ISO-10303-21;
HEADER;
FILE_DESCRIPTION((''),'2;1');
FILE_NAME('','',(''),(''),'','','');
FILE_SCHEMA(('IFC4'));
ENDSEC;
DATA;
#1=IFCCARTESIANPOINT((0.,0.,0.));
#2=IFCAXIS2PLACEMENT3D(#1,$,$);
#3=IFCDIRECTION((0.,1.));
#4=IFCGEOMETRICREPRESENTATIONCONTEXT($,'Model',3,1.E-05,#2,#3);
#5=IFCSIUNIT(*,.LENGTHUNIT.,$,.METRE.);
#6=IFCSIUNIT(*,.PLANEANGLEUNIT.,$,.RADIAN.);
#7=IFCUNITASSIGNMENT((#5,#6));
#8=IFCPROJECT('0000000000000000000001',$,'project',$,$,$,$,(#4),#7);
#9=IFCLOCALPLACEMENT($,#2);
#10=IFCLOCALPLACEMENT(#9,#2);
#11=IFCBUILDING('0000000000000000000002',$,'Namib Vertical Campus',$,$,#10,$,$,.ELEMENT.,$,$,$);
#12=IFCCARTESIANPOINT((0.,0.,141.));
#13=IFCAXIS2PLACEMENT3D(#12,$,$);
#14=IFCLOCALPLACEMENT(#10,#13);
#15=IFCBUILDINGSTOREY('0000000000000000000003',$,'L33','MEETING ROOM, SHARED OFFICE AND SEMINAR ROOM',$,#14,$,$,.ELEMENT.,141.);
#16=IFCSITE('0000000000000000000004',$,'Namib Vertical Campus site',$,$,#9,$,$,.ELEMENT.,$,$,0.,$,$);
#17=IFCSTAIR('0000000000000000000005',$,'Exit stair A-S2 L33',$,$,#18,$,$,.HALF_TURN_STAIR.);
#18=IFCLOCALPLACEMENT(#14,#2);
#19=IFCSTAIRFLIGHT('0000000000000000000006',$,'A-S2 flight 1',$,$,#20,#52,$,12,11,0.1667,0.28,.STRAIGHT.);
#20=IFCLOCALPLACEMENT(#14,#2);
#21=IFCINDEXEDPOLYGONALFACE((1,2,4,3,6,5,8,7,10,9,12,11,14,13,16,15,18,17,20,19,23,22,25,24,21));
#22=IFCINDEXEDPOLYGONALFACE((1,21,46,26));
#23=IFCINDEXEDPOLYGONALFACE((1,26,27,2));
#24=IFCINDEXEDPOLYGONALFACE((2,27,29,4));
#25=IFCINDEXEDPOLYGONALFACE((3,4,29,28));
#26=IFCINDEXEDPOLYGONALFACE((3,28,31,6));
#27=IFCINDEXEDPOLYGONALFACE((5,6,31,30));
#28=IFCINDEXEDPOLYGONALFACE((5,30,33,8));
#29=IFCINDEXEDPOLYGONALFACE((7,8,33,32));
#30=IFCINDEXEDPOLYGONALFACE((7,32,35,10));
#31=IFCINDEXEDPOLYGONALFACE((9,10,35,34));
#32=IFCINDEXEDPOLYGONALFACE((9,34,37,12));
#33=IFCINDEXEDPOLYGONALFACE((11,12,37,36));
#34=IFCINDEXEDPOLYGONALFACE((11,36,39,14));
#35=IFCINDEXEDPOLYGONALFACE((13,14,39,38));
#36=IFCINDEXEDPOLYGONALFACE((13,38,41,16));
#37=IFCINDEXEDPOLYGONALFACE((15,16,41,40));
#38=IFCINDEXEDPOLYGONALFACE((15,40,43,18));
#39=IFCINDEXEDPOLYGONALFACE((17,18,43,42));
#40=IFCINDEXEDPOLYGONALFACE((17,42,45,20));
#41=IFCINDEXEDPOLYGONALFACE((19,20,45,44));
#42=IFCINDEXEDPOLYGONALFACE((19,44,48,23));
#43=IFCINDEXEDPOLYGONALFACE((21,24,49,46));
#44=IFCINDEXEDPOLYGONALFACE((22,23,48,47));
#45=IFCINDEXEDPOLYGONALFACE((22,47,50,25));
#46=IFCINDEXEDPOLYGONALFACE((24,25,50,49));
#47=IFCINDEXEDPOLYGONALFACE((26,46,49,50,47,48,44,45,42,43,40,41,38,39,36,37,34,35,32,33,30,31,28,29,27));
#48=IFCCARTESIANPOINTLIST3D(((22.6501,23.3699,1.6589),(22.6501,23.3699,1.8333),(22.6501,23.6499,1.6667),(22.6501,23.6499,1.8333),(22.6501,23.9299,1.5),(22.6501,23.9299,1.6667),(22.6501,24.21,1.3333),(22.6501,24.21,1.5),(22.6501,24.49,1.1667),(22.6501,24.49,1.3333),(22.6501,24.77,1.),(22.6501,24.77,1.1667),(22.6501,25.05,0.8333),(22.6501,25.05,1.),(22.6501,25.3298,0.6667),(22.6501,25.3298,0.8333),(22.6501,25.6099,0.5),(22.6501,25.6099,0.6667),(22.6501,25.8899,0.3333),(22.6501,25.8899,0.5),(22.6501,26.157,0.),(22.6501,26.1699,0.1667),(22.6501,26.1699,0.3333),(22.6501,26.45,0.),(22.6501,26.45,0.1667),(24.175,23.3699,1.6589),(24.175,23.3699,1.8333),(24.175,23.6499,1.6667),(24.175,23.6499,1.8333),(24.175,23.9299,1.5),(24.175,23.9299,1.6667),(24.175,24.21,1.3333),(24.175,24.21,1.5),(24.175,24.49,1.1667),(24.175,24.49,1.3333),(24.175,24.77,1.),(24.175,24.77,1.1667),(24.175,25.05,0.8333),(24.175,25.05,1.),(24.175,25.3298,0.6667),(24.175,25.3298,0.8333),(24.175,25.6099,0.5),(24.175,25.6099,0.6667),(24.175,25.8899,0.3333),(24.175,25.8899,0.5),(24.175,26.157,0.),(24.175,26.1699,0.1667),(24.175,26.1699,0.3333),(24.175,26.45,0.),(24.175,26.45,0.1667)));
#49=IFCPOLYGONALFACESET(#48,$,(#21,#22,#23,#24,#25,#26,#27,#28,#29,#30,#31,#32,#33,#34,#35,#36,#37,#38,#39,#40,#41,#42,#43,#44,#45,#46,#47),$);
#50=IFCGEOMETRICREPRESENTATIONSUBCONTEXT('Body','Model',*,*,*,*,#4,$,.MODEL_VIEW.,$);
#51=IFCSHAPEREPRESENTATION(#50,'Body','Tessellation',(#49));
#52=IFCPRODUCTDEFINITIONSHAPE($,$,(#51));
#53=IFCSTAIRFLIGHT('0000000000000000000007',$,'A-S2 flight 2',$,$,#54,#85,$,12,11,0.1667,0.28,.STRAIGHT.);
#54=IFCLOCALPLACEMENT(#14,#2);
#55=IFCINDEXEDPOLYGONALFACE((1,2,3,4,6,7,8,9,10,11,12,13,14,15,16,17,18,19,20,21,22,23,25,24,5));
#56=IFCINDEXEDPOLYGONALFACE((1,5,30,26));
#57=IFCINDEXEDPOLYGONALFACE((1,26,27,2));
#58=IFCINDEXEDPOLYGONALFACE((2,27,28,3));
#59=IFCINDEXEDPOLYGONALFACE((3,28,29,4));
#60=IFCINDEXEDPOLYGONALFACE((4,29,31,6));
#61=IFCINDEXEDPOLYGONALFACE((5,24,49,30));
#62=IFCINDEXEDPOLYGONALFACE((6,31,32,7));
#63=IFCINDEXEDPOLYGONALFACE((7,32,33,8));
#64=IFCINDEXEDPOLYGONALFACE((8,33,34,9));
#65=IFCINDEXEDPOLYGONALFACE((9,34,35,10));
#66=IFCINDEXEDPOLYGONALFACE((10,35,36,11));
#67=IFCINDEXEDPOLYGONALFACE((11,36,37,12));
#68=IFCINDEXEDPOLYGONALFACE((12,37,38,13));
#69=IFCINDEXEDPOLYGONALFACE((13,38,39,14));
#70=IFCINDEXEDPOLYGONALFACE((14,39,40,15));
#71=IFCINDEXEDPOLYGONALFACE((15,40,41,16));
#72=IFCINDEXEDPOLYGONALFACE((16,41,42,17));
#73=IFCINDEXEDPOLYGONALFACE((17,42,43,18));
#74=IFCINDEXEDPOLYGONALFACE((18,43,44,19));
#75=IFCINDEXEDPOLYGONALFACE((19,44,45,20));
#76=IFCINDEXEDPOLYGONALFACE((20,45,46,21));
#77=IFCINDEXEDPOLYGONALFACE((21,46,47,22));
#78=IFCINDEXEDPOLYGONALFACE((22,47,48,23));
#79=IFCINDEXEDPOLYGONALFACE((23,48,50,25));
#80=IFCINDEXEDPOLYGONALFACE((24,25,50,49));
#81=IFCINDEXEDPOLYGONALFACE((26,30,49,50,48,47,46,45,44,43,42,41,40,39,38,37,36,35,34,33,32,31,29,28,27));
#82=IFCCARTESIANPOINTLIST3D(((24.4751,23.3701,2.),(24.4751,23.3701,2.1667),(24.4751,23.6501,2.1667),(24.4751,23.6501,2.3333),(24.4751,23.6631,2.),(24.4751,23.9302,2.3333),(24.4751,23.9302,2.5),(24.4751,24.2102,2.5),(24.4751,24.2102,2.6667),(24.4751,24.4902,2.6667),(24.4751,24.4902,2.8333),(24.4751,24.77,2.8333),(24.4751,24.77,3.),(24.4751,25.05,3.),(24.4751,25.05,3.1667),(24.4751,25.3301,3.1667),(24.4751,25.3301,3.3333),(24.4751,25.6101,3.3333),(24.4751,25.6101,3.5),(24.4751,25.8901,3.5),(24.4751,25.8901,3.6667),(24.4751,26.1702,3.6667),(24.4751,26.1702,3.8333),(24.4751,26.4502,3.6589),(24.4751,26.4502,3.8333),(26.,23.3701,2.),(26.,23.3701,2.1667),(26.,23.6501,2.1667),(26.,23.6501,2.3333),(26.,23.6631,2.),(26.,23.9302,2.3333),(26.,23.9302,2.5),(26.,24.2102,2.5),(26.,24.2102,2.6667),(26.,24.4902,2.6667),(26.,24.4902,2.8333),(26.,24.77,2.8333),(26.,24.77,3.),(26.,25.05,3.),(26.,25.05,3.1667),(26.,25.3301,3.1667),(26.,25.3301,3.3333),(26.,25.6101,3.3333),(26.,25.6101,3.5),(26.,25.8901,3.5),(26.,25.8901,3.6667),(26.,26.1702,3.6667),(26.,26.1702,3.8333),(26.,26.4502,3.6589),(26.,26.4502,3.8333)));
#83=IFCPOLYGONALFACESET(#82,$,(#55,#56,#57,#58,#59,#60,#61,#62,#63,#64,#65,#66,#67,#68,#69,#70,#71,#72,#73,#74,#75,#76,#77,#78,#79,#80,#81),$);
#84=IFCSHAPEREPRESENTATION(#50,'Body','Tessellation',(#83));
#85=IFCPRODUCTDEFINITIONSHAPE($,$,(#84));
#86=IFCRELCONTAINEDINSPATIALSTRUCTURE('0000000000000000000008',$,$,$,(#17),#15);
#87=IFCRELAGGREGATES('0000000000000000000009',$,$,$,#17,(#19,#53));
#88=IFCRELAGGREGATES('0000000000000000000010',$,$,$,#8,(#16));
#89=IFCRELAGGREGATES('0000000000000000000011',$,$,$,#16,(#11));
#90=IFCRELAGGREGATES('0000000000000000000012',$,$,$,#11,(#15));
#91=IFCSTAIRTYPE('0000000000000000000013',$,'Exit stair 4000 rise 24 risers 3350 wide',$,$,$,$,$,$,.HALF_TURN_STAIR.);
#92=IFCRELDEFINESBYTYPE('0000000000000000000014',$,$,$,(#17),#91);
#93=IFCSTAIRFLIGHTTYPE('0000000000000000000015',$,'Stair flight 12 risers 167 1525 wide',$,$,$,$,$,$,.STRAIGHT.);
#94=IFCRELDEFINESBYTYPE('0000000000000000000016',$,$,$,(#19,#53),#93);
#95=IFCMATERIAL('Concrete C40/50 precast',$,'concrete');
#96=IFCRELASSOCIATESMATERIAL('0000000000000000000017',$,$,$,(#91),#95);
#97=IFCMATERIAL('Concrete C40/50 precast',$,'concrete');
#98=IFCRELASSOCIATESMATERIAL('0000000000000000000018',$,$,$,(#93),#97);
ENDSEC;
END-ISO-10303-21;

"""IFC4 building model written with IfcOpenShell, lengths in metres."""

from ifc_helpers import new_model, si_unit, direction, frame, origin, place, context, subcontext, project, spatial, polyline, outline, extrude, material, type_object, element, aggregate, save


model = new_model("IFC4")

# Units and contexts
model_context = context("Model", 3, precision=1e-05, world=origin(), true_north=direction((0.0, 1.0)))
body_context = subcontext(model_context, "Body", "Model", "MODEL_VIEW")
ifc_project = project(units=[si_unit("LENGTHUNIT", "METRE"), si_unit("PLANEANGLEUNIT", "RADIAN")], contexts=[model_context])

# Site, building, storey
site_placement = place(None, origin())
site = spatial("IfcSite", under=ifc_project, at=site_placement, Name="Namib Vertical Campus site", CompositionType="ELEMENT", RefElevation=0.0)
building_placement = place(site_placement, origin())
building = spatial("IfcBuilding", under=site, at=building_placement, Name="Namib Vertical Campus", CompositionType="ELEMENT")
storey_placement = place(building_placement, frame((0.0, 0.0, 141.0)))
storey = spatial("IfcBuildingStorey", under=building, at=storey_placement, Name="L33", Description="MEETING ROOM, SHARED OFFICE AND SEMINAR ROOM", CompositionType="ELEMENT", Elevation=141.0)

# Stair, stair flights
ifc_material_1 = material(Name="Concrete C40/50 precast", Category="concrete")
stair_type = type_object("IfcStairType", Name="Exit stair 4000 rise 24 risers 3350 wide", PredefinedType="HALF_TURN_STAIR", material=ifc_material_1)
stair_placement = place(storey_placement, origin())
stair = element("IfcStair", 1, at=stair_placement, inside=storey, type_object=stair_type, Name="Exit stair A-S2 L33", PredefinedType="HALF_TURN_STAIR")
ifc_material_2 = material(Name="Concrete C40/50 precast", Category="concrete")
stair_flight_type = type_object("IfcStairFlightType", Name="Stair flight 12 risers 167 1525 wide", PredefinedType="STRAIGHT", material=ifc_material_2)
stair_flight_1_placement = place(storey_placement, frame((23.4126, 26.45, 0.0), z_axis=(0.0, 0.0, 1.0), x_axis=(0.0, -1.0, 0.0)))
stair_flight_1 = element("IfcStairFlight", 2, at=stair_flight_1_placement, type_object=stair_flight_type, Name="A-S2 flight 1", NumberOfRisers=12, NumberOfTreads=11, PredefinedType="STRAIGHT", RiserHeight=0.1667, TreadLength=0.28, context=body_context, shape_type="SweptSolid", body=[
    extrude(outline(polyline([(0.0, 0.0), (0.0, 0.1667), (0.28, 0.1667), (0.28, 0.3333), (0.5601, 0.3333), (0.5601, 0.5), (0.8401, 0.5), (0.8401, 0.6667), (1.1201, 0.6667), (1.1201, 0.8333), (1.3999, 0.8333), (1.3999, 1.0), (1.6799, 1.0), (1.6799, 1.1667), (1.96, 1.1667), (1.96, 1.3333), (2.24, 1.3333), (2.24, 1.5), (2.52, 1.5), (2.52, 1.6667), (2.8, 1.6667), (2.8, 1.8333), (3.0801, 1.8333), (3.0801, 2.0), (3.0801, 1.6589), (0.293, 0.0), (0.0, 0.0)])), frame((0.0, 0.7625, 0.0), z_axis=(0.0, -1.0, 0.0), x_axis=(1.0, 0.0, 0.0)), (0.0, 0.0, 1.0), 1.5249),
])
stair_flight_2_placement = place(storey_placement, frame((25.2375, 23.3701, 2.0), z_axis=(0.0, 0.0, 1.0), x_axis=(0.0, 1.0, 0.0)))
stair_flight_2 = element("IfcStairFlight", 3, at=stair_flight_2_placement, type_object=stair_flight_type, Name="A-S2 flight 2", NumberOfRisers=12, NumberOfTreads=11, PredefinedType="STRAIGHT", RiserHeight=0.1667, TreadLength=0.28, context=body_context, shape_type="SweptSolid", body=[
    extrude(outline(polyline([(0.0, 0.0), (0.0, 0.1667), (0.28, 0.1667), (0.28, 0.3333), (0.5601, 0.3333), (0.5601, 0.5), (0.8401, 0.5), (0.8401, 0.6667), (1.1201, 0.6667), (1.1201, 0.8333), (1.3999, 0.8333), (1.3999, 1.0), (1.6799, 1.0), (1.6799, 1.1667), (1.96, 1.1667), (1.96, 1.3333), (2.24, 1.3333), (2.24, 1.5), (2.52, 1.5), (2.52, 1.6667), (2.8, 1.6667), (2.8, 1.8333), (3.0801, 1.8333), (3.0801, 2.0), (3.0801, 1.6589), (0.293, 0.0), (0.0, 0.0)])), frame((0.0, 0.7625, 0.0), z_axis=(0.0, -1.0, 0.0), x_axis=(1.0, 0.0, 0.0)), (0.0, 0.0, 1.0), 1.5249),
])
aggregate(stair, [stair_flight_1, stair_flight_2])

save(model, "model.ifc")
